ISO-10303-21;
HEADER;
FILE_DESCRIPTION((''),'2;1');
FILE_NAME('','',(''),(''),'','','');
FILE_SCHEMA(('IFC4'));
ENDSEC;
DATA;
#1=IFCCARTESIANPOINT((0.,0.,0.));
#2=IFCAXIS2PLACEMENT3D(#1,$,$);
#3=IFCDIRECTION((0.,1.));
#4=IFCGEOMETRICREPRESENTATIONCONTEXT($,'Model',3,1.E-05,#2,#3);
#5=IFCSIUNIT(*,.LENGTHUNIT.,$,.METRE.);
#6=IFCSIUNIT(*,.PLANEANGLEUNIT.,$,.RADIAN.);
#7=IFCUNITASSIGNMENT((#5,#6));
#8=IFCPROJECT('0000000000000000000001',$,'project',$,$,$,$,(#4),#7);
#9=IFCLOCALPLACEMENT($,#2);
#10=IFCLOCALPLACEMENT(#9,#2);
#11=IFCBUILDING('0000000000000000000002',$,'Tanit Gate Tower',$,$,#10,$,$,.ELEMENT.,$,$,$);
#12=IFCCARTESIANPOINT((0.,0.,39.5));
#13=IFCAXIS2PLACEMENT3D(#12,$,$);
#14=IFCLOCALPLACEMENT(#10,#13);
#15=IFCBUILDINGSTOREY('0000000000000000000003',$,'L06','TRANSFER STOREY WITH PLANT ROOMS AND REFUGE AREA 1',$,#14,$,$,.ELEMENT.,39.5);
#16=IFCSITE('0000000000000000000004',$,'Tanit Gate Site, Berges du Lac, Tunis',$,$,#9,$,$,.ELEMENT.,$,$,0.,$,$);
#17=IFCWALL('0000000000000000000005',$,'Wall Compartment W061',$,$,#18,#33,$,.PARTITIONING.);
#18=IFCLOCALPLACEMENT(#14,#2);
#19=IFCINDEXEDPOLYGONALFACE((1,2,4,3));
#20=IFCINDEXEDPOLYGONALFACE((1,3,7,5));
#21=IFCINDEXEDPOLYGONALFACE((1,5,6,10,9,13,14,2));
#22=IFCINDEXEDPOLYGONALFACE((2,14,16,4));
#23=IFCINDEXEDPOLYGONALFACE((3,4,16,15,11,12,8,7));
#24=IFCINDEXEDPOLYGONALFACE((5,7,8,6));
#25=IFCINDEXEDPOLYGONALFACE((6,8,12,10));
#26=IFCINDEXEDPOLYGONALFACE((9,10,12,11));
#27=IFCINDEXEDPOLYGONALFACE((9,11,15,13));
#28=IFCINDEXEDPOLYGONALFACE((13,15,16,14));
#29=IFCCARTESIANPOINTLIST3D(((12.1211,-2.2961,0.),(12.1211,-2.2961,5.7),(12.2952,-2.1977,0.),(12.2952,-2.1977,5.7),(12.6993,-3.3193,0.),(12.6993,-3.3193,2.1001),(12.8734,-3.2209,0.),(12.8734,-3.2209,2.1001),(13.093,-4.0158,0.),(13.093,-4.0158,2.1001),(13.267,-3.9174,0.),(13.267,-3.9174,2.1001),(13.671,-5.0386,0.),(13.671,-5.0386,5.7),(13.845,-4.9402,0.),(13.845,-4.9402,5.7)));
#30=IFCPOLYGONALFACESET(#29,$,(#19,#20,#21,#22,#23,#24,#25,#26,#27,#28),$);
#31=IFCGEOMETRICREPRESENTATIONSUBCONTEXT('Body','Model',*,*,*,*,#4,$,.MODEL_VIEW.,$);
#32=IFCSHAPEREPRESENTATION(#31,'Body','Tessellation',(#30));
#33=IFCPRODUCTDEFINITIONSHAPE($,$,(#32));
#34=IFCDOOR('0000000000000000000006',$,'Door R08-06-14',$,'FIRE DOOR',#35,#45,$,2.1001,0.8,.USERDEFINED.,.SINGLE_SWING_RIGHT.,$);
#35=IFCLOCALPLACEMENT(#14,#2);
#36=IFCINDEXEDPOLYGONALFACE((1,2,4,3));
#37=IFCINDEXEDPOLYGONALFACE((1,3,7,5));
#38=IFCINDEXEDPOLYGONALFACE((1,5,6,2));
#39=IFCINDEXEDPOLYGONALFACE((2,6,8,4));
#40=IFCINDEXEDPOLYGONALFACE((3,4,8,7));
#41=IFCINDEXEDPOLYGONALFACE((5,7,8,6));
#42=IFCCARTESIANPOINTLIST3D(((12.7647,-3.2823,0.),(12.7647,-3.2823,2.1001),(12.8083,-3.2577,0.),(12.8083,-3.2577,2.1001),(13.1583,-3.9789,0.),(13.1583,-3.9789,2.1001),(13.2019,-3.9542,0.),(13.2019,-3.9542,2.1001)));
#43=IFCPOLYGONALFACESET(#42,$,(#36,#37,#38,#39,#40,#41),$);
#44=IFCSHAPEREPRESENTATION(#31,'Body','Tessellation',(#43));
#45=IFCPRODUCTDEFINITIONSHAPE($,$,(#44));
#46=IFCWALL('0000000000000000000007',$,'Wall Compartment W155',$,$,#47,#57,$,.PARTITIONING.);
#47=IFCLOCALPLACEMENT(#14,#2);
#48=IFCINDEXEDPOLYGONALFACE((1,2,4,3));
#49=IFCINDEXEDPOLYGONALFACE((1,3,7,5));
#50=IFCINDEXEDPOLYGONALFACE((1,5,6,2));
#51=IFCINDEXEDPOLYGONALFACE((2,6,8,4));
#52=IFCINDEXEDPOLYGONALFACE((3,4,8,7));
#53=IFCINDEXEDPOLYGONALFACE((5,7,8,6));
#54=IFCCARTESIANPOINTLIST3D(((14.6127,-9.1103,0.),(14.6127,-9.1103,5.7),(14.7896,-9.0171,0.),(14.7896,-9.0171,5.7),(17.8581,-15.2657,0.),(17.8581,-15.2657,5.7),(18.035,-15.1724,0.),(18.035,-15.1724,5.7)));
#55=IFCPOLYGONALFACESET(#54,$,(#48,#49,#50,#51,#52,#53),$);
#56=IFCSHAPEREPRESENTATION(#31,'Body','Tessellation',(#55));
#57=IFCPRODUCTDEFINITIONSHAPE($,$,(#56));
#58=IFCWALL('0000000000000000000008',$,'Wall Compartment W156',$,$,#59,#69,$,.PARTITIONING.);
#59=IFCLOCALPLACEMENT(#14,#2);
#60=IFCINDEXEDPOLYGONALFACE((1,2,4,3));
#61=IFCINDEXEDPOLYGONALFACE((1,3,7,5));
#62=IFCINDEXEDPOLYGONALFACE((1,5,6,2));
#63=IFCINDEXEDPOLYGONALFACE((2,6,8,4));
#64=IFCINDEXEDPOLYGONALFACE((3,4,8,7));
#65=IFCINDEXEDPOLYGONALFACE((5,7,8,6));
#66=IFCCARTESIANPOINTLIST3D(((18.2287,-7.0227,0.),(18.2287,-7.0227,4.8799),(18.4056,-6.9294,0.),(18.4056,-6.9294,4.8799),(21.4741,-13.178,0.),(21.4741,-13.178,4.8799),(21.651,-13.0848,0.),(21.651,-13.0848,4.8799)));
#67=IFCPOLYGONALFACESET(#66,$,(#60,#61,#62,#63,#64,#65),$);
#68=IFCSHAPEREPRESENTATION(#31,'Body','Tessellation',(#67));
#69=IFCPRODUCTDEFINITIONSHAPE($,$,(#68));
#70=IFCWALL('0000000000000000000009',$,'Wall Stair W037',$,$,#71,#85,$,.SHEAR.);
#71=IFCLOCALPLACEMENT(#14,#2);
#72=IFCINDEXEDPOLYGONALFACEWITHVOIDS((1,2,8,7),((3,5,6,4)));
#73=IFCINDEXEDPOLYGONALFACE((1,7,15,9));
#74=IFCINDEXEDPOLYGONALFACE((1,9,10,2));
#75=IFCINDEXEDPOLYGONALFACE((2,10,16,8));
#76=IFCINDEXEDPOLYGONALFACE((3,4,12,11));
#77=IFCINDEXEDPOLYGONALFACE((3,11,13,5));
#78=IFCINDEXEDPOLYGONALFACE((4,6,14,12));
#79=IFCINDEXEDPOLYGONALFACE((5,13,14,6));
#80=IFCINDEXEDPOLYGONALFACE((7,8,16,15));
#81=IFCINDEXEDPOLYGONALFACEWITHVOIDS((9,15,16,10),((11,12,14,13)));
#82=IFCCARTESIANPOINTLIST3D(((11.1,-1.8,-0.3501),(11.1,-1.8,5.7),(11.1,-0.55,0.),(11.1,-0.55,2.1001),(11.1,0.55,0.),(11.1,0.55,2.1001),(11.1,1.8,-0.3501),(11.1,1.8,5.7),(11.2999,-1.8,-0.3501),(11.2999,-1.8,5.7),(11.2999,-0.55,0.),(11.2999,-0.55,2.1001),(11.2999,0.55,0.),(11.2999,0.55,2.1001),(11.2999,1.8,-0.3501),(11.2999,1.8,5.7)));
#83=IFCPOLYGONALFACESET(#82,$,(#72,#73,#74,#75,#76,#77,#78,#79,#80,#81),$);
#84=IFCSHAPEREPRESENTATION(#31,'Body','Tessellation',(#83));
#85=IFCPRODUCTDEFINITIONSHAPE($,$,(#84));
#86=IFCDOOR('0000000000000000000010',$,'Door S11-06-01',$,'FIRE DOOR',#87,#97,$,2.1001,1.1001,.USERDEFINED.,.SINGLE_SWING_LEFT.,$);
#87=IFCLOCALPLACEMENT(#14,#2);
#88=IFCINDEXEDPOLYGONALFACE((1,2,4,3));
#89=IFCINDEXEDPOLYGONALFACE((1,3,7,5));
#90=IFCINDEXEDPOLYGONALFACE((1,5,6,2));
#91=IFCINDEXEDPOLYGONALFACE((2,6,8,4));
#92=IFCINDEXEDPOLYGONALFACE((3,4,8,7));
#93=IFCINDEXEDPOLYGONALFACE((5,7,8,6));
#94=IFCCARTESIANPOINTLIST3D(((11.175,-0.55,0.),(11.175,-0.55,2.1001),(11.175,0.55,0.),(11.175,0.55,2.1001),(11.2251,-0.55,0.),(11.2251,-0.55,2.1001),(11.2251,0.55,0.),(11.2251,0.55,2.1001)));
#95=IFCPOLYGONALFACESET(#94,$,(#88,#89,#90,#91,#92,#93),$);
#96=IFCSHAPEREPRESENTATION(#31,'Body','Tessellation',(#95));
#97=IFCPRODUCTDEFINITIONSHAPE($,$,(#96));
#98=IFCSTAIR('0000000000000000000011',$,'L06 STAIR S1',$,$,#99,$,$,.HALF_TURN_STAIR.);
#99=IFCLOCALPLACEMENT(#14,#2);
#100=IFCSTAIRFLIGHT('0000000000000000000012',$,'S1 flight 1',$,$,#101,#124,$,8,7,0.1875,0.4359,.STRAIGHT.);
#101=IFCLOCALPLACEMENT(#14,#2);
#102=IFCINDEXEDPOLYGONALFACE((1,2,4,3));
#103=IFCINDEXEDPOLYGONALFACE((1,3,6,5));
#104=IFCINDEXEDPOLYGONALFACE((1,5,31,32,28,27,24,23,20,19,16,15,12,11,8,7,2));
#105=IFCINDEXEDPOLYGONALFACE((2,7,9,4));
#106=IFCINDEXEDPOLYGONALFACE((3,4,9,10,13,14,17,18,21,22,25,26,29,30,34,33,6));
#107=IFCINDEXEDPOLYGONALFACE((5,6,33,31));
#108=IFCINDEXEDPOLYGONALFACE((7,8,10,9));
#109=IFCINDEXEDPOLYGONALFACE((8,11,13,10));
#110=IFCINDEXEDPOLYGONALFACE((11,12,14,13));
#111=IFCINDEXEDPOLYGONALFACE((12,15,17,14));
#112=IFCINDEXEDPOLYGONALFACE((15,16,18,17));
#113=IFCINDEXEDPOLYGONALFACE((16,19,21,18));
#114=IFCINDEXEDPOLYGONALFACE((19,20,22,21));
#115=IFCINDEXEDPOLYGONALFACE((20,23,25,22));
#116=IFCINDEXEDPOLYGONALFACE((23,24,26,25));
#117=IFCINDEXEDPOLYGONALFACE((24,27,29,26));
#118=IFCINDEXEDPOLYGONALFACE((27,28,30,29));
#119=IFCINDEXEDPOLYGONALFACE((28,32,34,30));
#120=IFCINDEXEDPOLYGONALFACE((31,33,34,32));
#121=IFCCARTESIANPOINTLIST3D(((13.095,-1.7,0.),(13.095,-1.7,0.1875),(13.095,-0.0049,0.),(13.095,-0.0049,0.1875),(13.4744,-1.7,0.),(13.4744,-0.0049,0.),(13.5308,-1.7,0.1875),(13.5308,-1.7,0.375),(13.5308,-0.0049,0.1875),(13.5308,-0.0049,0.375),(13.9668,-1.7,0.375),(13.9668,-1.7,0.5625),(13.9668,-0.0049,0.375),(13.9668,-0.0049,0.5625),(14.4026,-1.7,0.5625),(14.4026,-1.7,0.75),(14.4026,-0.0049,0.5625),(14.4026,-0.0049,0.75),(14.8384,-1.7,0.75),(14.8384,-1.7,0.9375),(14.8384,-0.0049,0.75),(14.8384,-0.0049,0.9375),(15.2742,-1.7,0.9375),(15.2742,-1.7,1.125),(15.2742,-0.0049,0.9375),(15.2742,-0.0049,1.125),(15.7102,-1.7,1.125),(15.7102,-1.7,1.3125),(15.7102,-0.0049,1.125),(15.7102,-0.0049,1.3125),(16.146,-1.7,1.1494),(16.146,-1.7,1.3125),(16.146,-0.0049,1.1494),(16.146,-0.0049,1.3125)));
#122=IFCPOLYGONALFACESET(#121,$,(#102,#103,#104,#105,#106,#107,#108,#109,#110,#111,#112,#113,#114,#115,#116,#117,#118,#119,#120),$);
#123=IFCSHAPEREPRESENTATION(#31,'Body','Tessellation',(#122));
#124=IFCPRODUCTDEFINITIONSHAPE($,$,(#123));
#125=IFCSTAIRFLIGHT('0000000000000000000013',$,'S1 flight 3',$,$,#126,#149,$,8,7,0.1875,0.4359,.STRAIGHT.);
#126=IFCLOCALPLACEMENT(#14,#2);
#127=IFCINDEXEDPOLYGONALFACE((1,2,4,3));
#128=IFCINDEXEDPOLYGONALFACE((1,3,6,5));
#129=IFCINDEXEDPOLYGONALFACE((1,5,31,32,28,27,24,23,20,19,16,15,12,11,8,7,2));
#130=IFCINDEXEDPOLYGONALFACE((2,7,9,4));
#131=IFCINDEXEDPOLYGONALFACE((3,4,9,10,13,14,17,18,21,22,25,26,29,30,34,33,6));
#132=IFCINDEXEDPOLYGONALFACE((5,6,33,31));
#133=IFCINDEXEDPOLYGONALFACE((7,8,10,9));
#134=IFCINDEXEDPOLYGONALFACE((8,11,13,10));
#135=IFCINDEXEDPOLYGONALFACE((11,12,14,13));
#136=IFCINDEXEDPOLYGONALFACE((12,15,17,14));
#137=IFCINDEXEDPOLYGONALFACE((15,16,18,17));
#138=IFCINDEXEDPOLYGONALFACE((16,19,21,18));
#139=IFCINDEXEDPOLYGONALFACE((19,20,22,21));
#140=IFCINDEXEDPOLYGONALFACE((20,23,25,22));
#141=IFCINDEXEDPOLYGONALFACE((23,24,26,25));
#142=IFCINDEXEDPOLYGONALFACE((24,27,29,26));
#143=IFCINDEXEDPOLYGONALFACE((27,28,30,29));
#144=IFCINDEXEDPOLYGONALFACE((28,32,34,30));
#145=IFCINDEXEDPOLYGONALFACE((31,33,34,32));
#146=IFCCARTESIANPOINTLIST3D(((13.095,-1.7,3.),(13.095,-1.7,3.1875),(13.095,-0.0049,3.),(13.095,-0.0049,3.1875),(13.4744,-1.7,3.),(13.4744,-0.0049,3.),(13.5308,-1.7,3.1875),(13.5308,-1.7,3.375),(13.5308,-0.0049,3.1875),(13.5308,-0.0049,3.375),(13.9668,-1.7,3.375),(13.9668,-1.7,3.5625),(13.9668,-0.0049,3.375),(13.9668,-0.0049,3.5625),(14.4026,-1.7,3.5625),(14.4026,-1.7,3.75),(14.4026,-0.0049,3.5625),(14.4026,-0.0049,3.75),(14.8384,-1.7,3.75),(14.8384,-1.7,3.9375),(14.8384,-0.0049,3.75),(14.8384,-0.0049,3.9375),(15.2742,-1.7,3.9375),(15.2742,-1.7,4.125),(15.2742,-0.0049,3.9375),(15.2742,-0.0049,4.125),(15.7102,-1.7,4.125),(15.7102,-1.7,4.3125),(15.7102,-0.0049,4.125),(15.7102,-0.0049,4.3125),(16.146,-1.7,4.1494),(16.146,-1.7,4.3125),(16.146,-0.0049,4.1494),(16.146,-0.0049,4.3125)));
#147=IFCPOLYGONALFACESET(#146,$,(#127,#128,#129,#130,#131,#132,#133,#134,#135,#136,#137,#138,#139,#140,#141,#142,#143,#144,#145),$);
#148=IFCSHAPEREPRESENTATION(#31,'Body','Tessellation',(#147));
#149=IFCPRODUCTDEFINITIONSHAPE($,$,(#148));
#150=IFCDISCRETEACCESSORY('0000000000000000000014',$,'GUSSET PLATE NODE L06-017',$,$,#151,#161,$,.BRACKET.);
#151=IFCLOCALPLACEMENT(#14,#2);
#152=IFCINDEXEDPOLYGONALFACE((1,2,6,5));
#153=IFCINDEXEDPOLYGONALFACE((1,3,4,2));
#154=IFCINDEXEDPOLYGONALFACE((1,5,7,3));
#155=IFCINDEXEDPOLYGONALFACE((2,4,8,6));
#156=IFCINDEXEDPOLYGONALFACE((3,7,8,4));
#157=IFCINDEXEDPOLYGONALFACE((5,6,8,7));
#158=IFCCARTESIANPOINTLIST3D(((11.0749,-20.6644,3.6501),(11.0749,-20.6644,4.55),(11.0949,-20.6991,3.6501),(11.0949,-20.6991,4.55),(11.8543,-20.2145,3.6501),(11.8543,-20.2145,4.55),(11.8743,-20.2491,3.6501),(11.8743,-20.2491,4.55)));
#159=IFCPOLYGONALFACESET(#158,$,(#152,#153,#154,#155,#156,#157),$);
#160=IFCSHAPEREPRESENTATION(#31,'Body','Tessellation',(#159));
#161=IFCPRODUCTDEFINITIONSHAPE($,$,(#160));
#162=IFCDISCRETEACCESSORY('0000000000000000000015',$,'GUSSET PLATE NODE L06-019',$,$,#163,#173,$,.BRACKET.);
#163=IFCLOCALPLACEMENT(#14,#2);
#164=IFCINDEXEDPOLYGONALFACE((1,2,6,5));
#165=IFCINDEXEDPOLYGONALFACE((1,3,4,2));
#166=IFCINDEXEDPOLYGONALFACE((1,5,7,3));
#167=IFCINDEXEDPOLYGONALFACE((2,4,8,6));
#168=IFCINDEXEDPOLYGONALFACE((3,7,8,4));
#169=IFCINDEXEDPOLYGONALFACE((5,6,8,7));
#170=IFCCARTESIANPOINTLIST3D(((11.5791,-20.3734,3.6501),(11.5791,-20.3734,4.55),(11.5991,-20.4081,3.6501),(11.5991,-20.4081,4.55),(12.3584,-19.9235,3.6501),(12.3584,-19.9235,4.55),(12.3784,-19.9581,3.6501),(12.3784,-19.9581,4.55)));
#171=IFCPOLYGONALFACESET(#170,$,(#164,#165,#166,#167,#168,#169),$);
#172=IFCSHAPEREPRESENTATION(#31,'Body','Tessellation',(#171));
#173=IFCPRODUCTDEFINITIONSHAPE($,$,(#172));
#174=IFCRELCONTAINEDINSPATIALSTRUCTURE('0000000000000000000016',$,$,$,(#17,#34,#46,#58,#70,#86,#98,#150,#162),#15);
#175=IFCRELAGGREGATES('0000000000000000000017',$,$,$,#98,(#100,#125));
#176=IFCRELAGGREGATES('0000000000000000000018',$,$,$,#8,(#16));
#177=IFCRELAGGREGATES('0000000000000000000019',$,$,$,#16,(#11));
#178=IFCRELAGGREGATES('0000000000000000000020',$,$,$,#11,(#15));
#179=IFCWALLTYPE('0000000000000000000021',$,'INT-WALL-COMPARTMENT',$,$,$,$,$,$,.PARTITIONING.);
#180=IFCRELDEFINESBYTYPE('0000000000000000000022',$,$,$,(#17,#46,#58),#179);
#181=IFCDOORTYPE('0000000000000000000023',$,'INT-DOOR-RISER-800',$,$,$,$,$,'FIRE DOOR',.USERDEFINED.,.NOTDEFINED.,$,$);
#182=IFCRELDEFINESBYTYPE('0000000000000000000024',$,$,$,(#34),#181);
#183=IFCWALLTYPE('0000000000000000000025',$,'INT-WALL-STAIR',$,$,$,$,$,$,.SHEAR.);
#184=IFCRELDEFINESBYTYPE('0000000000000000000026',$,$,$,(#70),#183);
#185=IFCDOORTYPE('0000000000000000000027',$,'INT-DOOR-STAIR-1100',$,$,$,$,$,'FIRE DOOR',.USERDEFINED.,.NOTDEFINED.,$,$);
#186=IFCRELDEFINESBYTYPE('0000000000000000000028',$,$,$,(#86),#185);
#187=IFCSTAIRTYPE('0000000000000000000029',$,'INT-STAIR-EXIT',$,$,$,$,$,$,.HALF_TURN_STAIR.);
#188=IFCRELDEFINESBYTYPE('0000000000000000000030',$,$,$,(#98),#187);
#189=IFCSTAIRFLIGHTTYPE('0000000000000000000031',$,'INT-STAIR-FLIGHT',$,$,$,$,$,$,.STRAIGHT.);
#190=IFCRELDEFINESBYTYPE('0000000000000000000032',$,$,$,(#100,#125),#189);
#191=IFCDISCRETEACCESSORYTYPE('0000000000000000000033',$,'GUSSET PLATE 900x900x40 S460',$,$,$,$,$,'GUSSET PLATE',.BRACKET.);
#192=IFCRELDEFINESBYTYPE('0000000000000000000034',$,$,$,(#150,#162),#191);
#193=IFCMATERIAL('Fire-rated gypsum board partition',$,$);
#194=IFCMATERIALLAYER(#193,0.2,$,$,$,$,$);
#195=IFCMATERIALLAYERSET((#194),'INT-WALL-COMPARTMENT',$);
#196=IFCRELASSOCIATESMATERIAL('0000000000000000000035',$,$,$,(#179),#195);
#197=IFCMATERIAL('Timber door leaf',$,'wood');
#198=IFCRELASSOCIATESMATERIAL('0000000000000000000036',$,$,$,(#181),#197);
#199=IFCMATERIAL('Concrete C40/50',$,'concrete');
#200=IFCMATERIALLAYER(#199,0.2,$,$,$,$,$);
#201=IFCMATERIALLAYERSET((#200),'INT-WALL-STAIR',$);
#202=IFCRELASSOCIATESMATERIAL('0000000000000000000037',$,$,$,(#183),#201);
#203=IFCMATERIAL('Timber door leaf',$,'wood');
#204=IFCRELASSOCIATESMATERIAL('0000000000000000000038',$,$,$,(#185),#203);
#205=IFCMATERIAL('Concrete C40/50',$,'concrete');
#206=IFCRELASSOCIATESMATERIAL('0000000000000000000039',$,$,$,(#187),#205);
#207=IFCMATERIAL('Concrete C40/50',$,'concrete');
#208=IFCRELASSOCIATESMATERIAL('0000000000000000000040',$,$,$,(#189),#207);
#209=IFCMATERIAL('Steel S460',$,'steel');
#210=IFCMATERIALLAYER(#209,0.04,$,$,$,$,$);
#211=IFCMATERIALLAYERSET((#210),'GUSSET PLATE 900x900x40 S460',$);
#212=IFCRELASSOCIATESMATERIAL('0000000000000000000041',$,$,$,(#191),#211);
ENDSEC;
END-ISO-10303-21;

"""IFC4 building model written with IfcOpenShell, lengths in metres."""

from ifc_helpers import new_model, si_unit, direction, frame, frame_2d, origin, origin_2d, place, context, subcontext, project, spatial, polyline, rectangle, outline, extrude, material, layer, layer_set, type_object, element, fill, aggregate, save


model = new_model("IFC4")

# Units and contexts
model_context = context("Model", 3, precision=1e-05, world=origin(), true_north=direction((0.0, 1.0)))
body_context = subcontext(model_context, "Body", "Model", "MODEL_VIEW")
ifc_project = project(units=[si_unit("LENGTHUNIT", "METRE"), si_unit("PLANEANGLEUNIT", "RADIAN")], contexts=[model_context])

# Site, building, storey
site_placement = place(None, origin())
site = spatial("IfcSite", under=ifc_project, at=site_placement, Name="Tanit Gate Site, Berges du Lac, Tunis", CompositionType="ELEMENT", RefElevation=0.0)
building_placement = place(site_placement, origin())
building = spatial("IfcBuilding", under=site, at=building_placement, Name="Tanit Gate Tower", CompositionType="ELEMENT")
storey_placement = place(building_placement, frame((0.0, 0.0, 39.5)))
storey = spatial("IfcBuildingStorey", under=building, at=storey_placement, Name="L06", Description="TRANSFER STOREY WITH PLANT ROOMS AND REFUGE AREA 1", CompositionType="ELEMENT", Elevation=39.5)

# Shared definitions
ifc_material_1 = material(Name="Fire-rated gypsum board partition")
ifc_layer_1 = layer(ifc_material_1, 0.2)
ifc_layer_set_1 = layer_set([ifc_layer_1], Name="INT-WALL-COMPARTMENT")
wall_type_1 = type_object("IfcWallType", Name="INT-WALL-COMPARTMENT", PredefinedType="PARTITIONING", material=ifc_layer_set_1)

# Wall, opening, door
wall_1_placement = place(storey_placement, frame((13.7581, -4.9895, 0.0), z_axis=(0.0, 0.0, 1.0), x_axis=(-0.491993, 0.870599, 0.0)))
wall_1 = element("IfcWall", 1, at=wall_1_placement, inside=storey, type_object=wall_type_1, Name="Wall Compartment W061", PredefinedType="PARTITIONING", context=body_context, shape_type="SweptSolid", body=[
    extrude(rectangle(XDim=3.1501, YDim=0.2, at=frame_2d((1.5752, 0.0))), origin(), (0.0, 0.0, 1.0), 5.7),
])
opening_1_placement = place(wall_1_placement, frame((1.175, 0.0, 0.0)))
opening_1 = element("IfcOpeningElement", 2, at=opening_1_placement, cuts=wall_1, PredefinedType="OPENING", context=body_context, shape_type="SweptSolid", body=[
    extrude(rectangle(XDim=0.8, YDim=2.1001, at=frame_2d((0.3999, 1.05))), frame((0.0, 0.1099, 0.0), z_axis=(0.0, -1.0, 0.0), x_axis=(1.0, 0.0, 0.0)), (0.0, 0.0, 1.0), 0.22),
])
ifc_material_2 = material(Name="Timber door leaf", Category="wood")
door_type_1 = type_object("IfcDoorType", Name="INT-DOOR-RISER-800", ElementType="FIRE DOOR", OperationType="NOTDEFINED", PredefinedType="USERDEFINED", material=ifc_material_2)
door_1_placement = place(opening_1_placement, origin())
door_1 = element("IfcDoor", 3, at=door_1_placement, inside=storey, type_object=door_type_1, Name="Door R08-06-14", ObjectType="FIRE DOOR", OperationType="SINGLE_SWING_RIGHT", OverallHeight=2.1001, OverallWidth=0.8, PredefinedType="USERDEFINED", context=body_context, shape_type="SweptSolid", body=[
    extrude(rectangle(XDim=0.8, YDim=2.1001, at=frame_2d((0.3999, 1.05))), frame((0.0, 0.0249, 0.0), z_axis=(0.0, -1.0, 0.0), x_axis=(1.0, 0.0, 0.0)), (0.0, 0.0, 1.0), 0.05),
])
fill(opening_1, door_1)

# Walls
wall_2_placement = place(storey_placement, frame((14.7012, -9.0637, 0.0), z_axis=(0.0, 0.0, 1.0), x_axis=(0.466393, -0.884578, 0.0)))
element("IfcWall", 4, at=wall_2_placement, inside=storey, type_object=wall_type_1, Name="Wall Compartment W155", PredefinedType="PARTITIONING", context=body_context, shape_type="SweptSolid", body=[
    extrude(rectangle(XDim=6.9585, YDim=0.2, at=frame_2d((3.4792, 0.0))), origin(), (0.0, 0.0, 1.0), 5.7),
])
wall_3_placement = place(storey_placement, frame((18.3171, -6.9761, 0.0), z_axis=(0.0, 0.0, 1.0), x_axis=(0.466393, -0.884578, 0.0)))
element("IfcWall", 5, at=wall_3_placement, inside=storey, type_object=wall_type_1, Name="Wall Compartment W156", PredefinedType="PARTITIONING", context=body_context, shape_type="SweptSolid", body=[
    extrude(rectangle(XDim=6.9585, YDim=0.2, at=frame_2d((3.4792, 0.0))), origin(), (0.0, 0.0, 1.0), 4.8799),
])

# Wall, opening, door
ifc_material_3 = material(Name="Concrete C40/50", Category="concrete")
ifc_layer_2 = layer(ifc_material_3, 0.2)
ifc_layer_set_2 = layer_set([ifc_layer_2], Name="INT-WALL-STAIR")
wall_type_2 = type_object("IfcWallType", Name="INT-WALL-STAIR", PredefinedType="SHEAR", material=ifc_layer_set_2)
wall_4_placement = place(storey_placement, frame((11.2, -1.8, -0.3501), z_axis=(0.0, 0.0, 1.0), x_axis=(0.0, 1.0, 0.0)))
wall_4 = element("IfcWall", 6, at=wall_4_placement, inside=storey, type_object=wall_type_2, Name="Wall Stair W037", PredefinedType="SHEAR", context=body_context, shape_type="SweptSolid", body=[
    extrude(rectangle(XDim=3.6001, YDim=0.2, at=frame_2d((1.8, 0.0))), origin(), (0.0, 0.0, 1.0), 6.05),
])
opening_2_placement = place(wall_4_placement, frame((1.25, 0.0, 0.3501)))
opening_2 = element("IfcOpeningElement", 7, at=opening_2_placement, cuts=wall_4, PredefinedType="OPENING", context=body_context, shape_type="SweptSolid", body=[
    extrude(rectangle(XDim=1.1001, YDim=2.1001, at=frame_2d((0.55, 1.05))), frame((0.0, 0.1099, 0.0), z_axis=(0.0, -1.0, 0.0), x_axis=(1.0, 0.0, 0.0)), (0.0, 0.0, 1.0), 0.22),
])
ifc_material_4 = material(Name="Timber door leaf", Category="wood")
door_type_2 = type_object("IfcDoorType", Name="INT-DOOR-STAIR-1100", ElementType="FIRE DOOR", OperationType="NOTDEFINED", PredefinedType="USERDEFINED", material=ifc_material_4)
door_2_placement = place(opening_2_placement, origin())
door_2 = element("IfcDoor", 8, at=door_2_placement, inside=storey, type_object=door_type_2, Name="Door S11-06-01", ObjectType="FIRE DOOR", OperationType="SINGLE_SWING_LEFT", OverallHeight=2.1001, OverallWidth=1.1001, PredefinedType="USERDEFINED", context=body_context, shape_type="SweptSolid", body=[
    extrude(rectangle(XDim=1.1001, YDim=2.1001, at=frame_2d((0.55, 1.05))), frame((0.0, 0.0249, 0.0), z_axis=(0.0, -1.0, 0.0), x_axis=(1.0, 0.0, 0.0)), (0.0, 0.0, 1.0), 0.05),
])
fill(opening_2, door_2)

# Stair, stair flights
ifc_material_5 = material(Name="Concrete C40/50", Category="concrete")
stair_type = type_object("IfcStairType", Name="INT-STAIR-EXIT", PredefinedType="HALF_TURN_STAIR", material=ifc_material_5)
stair_placement = place(storey_placement, origin())
stair = element("IfcStair", 9, at=stair_placement, inside=storey, type_object=stair_type, Name="L06 STAIR S1", PredefinedType="HALF_TURN_STAIR")
ifc_material_6 = material(Name="Concrete C40/50", Category="concrete")
stair_flight_type = type_object("IfcStairFlightType", Name="INT-STAIR-FLIGHT", PredefinedType="STRAIGHT", material=ifc_material_6)
stair_flight_1_placement = place(storey_placement, frame((13.095, -0.8525, 0.0), z_axis=(0.0, 0.0, 1.0), x_axis=(1.0, 0.0, 0.0)))
stair_flight_1 = element("IfcStairFlight", 10, at=stair_flight_1_placement, type_object=stair_flight_type, Name="S1 flight 1", NumberOfRisers=8, NumberOfTreads=7, PredefinedType="STRAIGHT", RiserHeight=0.1875, TreadLength=0.4359, context=body_context, shape_type="SweptSolid", body=[
    extrude(outline(polyline([(0.0, 0.0), (0.0, 0.1875), (0.4358, 0.1875), (0.4358, 0.375), (0.8718, 0.375), (0.8718, 0.5625), (1.3076, 0.5625), (1.3076, 0.75), (1.7434, 0.75), (1.7434, 0.9375), (2.1792, 0.9375), (2.1792, 1.125), (2.6152, 1.125), (2.6152, 1.3125), (3.051, 1.3125), (3.051, 1.5), (3.051, 1.1494), (0.3794, 0.0), (0.0, 0.0)])), frame((0.0, 0.8477, 0.0), z_axis=(0.0, -1.0, 0.0), x_axis=(1.0, 0.0, 0.0)), (0.0, 0.0, 1.0), 1.6951),
])
stair_flight_2_placement = place(storey_placement, frame((13.095, -0.8525, 3.0), z_axis=(0.0, 0.0, 1.0), x_axis=(1.0, 0.0, 0.0)))
stair_flight_2 = element("IfcStairFlight", 11, at=stair_flight_2_placement, type_object=stair_flight_type, Name="S1 flight 3", NumberOfRisers=8, NumberOfTreads=7, PredefinedType="STRAIGHT", RiserHeight=0.1875, TreadLength=0.4359, context=body_context, shape_type="SweptSolid", body=[
    extrude(outline(polyline([(0.0, 0.0), (0.0, 0.1875), (0.4358, 0.1875), (0.4358, 0.375), (0.8718, 0.375), (0.8718, 0.5625), (1.3076, 0.5625), (1.3076, 0.75), (1.7434, 0.75), (1.7434, 0.9375), (2.1792, 0.9375), (2.1792, 1.125), (2.6152, 1.125), (2.6152, 1.3125), (3.051, 1.3125), (3.051, 1.5), (3.051, 1.1494), (0.3794, 0.0), (0.0, 0.0)])), frame((0.0, 0.8477, 0.0), z_axis=(0.0, -1.0, 0.0), x_axis=(1.0, 0.0, 0.0)), (0.0, 0.0, 1.0), 1.6951),
])
aggregate(stair, [stair_flight_1, stair_flight_2])

# Discrete accessories
ifc_material_7 = material(Name="Steel S460", Category="steel")
ifc_layer_3 = layer(ifc_material_7, 0.04)
ifc_layer_set_3 = layer_set([ifc_layer_3], Name="GUSSET PLATE 900x900x40 S460")
discrete_accessory_type = type_object("IfcDiscreteAccessoryType", Name="GUSSET PLATE 900x900x40 S460", ElementType="GUSSET PLATE", PredefinedType="BRACKET", material=ifc_layer_set_3)
for number, where, z_axis, x_axis, name in (
    (12, (11.4746, -20.4568, 3.6501), (0.0, 0.0, 1.0), (-0.866025, -0.5, 0.0), "GUSSET PLATE NODE L06-017"),
    (13, (11.9788, -20.1658, 3.6501), (0.0, 0.0, 1.0), (0.866025, 0.5, 0.0), "GUSSET PLATE NODE L06-019"),
):
    element("IfcDiscreteAccessory", number, at=place(storey_placement, frame(where, z_axis=z_axis, x_axis=x_axis)), inside=storey, type_object=discrete_accessory_type, Name=name, PredefinedType="BRACKET", context=body_context, shape_type="SweptSolid", body=[
        extrude(rectangle(XDim=0.8999, YDim=0.04, at=origin_2d()), origin(), (0.0, 0.0, 1.0), 0.8999),
    ])

save(model, "model.ifc")
